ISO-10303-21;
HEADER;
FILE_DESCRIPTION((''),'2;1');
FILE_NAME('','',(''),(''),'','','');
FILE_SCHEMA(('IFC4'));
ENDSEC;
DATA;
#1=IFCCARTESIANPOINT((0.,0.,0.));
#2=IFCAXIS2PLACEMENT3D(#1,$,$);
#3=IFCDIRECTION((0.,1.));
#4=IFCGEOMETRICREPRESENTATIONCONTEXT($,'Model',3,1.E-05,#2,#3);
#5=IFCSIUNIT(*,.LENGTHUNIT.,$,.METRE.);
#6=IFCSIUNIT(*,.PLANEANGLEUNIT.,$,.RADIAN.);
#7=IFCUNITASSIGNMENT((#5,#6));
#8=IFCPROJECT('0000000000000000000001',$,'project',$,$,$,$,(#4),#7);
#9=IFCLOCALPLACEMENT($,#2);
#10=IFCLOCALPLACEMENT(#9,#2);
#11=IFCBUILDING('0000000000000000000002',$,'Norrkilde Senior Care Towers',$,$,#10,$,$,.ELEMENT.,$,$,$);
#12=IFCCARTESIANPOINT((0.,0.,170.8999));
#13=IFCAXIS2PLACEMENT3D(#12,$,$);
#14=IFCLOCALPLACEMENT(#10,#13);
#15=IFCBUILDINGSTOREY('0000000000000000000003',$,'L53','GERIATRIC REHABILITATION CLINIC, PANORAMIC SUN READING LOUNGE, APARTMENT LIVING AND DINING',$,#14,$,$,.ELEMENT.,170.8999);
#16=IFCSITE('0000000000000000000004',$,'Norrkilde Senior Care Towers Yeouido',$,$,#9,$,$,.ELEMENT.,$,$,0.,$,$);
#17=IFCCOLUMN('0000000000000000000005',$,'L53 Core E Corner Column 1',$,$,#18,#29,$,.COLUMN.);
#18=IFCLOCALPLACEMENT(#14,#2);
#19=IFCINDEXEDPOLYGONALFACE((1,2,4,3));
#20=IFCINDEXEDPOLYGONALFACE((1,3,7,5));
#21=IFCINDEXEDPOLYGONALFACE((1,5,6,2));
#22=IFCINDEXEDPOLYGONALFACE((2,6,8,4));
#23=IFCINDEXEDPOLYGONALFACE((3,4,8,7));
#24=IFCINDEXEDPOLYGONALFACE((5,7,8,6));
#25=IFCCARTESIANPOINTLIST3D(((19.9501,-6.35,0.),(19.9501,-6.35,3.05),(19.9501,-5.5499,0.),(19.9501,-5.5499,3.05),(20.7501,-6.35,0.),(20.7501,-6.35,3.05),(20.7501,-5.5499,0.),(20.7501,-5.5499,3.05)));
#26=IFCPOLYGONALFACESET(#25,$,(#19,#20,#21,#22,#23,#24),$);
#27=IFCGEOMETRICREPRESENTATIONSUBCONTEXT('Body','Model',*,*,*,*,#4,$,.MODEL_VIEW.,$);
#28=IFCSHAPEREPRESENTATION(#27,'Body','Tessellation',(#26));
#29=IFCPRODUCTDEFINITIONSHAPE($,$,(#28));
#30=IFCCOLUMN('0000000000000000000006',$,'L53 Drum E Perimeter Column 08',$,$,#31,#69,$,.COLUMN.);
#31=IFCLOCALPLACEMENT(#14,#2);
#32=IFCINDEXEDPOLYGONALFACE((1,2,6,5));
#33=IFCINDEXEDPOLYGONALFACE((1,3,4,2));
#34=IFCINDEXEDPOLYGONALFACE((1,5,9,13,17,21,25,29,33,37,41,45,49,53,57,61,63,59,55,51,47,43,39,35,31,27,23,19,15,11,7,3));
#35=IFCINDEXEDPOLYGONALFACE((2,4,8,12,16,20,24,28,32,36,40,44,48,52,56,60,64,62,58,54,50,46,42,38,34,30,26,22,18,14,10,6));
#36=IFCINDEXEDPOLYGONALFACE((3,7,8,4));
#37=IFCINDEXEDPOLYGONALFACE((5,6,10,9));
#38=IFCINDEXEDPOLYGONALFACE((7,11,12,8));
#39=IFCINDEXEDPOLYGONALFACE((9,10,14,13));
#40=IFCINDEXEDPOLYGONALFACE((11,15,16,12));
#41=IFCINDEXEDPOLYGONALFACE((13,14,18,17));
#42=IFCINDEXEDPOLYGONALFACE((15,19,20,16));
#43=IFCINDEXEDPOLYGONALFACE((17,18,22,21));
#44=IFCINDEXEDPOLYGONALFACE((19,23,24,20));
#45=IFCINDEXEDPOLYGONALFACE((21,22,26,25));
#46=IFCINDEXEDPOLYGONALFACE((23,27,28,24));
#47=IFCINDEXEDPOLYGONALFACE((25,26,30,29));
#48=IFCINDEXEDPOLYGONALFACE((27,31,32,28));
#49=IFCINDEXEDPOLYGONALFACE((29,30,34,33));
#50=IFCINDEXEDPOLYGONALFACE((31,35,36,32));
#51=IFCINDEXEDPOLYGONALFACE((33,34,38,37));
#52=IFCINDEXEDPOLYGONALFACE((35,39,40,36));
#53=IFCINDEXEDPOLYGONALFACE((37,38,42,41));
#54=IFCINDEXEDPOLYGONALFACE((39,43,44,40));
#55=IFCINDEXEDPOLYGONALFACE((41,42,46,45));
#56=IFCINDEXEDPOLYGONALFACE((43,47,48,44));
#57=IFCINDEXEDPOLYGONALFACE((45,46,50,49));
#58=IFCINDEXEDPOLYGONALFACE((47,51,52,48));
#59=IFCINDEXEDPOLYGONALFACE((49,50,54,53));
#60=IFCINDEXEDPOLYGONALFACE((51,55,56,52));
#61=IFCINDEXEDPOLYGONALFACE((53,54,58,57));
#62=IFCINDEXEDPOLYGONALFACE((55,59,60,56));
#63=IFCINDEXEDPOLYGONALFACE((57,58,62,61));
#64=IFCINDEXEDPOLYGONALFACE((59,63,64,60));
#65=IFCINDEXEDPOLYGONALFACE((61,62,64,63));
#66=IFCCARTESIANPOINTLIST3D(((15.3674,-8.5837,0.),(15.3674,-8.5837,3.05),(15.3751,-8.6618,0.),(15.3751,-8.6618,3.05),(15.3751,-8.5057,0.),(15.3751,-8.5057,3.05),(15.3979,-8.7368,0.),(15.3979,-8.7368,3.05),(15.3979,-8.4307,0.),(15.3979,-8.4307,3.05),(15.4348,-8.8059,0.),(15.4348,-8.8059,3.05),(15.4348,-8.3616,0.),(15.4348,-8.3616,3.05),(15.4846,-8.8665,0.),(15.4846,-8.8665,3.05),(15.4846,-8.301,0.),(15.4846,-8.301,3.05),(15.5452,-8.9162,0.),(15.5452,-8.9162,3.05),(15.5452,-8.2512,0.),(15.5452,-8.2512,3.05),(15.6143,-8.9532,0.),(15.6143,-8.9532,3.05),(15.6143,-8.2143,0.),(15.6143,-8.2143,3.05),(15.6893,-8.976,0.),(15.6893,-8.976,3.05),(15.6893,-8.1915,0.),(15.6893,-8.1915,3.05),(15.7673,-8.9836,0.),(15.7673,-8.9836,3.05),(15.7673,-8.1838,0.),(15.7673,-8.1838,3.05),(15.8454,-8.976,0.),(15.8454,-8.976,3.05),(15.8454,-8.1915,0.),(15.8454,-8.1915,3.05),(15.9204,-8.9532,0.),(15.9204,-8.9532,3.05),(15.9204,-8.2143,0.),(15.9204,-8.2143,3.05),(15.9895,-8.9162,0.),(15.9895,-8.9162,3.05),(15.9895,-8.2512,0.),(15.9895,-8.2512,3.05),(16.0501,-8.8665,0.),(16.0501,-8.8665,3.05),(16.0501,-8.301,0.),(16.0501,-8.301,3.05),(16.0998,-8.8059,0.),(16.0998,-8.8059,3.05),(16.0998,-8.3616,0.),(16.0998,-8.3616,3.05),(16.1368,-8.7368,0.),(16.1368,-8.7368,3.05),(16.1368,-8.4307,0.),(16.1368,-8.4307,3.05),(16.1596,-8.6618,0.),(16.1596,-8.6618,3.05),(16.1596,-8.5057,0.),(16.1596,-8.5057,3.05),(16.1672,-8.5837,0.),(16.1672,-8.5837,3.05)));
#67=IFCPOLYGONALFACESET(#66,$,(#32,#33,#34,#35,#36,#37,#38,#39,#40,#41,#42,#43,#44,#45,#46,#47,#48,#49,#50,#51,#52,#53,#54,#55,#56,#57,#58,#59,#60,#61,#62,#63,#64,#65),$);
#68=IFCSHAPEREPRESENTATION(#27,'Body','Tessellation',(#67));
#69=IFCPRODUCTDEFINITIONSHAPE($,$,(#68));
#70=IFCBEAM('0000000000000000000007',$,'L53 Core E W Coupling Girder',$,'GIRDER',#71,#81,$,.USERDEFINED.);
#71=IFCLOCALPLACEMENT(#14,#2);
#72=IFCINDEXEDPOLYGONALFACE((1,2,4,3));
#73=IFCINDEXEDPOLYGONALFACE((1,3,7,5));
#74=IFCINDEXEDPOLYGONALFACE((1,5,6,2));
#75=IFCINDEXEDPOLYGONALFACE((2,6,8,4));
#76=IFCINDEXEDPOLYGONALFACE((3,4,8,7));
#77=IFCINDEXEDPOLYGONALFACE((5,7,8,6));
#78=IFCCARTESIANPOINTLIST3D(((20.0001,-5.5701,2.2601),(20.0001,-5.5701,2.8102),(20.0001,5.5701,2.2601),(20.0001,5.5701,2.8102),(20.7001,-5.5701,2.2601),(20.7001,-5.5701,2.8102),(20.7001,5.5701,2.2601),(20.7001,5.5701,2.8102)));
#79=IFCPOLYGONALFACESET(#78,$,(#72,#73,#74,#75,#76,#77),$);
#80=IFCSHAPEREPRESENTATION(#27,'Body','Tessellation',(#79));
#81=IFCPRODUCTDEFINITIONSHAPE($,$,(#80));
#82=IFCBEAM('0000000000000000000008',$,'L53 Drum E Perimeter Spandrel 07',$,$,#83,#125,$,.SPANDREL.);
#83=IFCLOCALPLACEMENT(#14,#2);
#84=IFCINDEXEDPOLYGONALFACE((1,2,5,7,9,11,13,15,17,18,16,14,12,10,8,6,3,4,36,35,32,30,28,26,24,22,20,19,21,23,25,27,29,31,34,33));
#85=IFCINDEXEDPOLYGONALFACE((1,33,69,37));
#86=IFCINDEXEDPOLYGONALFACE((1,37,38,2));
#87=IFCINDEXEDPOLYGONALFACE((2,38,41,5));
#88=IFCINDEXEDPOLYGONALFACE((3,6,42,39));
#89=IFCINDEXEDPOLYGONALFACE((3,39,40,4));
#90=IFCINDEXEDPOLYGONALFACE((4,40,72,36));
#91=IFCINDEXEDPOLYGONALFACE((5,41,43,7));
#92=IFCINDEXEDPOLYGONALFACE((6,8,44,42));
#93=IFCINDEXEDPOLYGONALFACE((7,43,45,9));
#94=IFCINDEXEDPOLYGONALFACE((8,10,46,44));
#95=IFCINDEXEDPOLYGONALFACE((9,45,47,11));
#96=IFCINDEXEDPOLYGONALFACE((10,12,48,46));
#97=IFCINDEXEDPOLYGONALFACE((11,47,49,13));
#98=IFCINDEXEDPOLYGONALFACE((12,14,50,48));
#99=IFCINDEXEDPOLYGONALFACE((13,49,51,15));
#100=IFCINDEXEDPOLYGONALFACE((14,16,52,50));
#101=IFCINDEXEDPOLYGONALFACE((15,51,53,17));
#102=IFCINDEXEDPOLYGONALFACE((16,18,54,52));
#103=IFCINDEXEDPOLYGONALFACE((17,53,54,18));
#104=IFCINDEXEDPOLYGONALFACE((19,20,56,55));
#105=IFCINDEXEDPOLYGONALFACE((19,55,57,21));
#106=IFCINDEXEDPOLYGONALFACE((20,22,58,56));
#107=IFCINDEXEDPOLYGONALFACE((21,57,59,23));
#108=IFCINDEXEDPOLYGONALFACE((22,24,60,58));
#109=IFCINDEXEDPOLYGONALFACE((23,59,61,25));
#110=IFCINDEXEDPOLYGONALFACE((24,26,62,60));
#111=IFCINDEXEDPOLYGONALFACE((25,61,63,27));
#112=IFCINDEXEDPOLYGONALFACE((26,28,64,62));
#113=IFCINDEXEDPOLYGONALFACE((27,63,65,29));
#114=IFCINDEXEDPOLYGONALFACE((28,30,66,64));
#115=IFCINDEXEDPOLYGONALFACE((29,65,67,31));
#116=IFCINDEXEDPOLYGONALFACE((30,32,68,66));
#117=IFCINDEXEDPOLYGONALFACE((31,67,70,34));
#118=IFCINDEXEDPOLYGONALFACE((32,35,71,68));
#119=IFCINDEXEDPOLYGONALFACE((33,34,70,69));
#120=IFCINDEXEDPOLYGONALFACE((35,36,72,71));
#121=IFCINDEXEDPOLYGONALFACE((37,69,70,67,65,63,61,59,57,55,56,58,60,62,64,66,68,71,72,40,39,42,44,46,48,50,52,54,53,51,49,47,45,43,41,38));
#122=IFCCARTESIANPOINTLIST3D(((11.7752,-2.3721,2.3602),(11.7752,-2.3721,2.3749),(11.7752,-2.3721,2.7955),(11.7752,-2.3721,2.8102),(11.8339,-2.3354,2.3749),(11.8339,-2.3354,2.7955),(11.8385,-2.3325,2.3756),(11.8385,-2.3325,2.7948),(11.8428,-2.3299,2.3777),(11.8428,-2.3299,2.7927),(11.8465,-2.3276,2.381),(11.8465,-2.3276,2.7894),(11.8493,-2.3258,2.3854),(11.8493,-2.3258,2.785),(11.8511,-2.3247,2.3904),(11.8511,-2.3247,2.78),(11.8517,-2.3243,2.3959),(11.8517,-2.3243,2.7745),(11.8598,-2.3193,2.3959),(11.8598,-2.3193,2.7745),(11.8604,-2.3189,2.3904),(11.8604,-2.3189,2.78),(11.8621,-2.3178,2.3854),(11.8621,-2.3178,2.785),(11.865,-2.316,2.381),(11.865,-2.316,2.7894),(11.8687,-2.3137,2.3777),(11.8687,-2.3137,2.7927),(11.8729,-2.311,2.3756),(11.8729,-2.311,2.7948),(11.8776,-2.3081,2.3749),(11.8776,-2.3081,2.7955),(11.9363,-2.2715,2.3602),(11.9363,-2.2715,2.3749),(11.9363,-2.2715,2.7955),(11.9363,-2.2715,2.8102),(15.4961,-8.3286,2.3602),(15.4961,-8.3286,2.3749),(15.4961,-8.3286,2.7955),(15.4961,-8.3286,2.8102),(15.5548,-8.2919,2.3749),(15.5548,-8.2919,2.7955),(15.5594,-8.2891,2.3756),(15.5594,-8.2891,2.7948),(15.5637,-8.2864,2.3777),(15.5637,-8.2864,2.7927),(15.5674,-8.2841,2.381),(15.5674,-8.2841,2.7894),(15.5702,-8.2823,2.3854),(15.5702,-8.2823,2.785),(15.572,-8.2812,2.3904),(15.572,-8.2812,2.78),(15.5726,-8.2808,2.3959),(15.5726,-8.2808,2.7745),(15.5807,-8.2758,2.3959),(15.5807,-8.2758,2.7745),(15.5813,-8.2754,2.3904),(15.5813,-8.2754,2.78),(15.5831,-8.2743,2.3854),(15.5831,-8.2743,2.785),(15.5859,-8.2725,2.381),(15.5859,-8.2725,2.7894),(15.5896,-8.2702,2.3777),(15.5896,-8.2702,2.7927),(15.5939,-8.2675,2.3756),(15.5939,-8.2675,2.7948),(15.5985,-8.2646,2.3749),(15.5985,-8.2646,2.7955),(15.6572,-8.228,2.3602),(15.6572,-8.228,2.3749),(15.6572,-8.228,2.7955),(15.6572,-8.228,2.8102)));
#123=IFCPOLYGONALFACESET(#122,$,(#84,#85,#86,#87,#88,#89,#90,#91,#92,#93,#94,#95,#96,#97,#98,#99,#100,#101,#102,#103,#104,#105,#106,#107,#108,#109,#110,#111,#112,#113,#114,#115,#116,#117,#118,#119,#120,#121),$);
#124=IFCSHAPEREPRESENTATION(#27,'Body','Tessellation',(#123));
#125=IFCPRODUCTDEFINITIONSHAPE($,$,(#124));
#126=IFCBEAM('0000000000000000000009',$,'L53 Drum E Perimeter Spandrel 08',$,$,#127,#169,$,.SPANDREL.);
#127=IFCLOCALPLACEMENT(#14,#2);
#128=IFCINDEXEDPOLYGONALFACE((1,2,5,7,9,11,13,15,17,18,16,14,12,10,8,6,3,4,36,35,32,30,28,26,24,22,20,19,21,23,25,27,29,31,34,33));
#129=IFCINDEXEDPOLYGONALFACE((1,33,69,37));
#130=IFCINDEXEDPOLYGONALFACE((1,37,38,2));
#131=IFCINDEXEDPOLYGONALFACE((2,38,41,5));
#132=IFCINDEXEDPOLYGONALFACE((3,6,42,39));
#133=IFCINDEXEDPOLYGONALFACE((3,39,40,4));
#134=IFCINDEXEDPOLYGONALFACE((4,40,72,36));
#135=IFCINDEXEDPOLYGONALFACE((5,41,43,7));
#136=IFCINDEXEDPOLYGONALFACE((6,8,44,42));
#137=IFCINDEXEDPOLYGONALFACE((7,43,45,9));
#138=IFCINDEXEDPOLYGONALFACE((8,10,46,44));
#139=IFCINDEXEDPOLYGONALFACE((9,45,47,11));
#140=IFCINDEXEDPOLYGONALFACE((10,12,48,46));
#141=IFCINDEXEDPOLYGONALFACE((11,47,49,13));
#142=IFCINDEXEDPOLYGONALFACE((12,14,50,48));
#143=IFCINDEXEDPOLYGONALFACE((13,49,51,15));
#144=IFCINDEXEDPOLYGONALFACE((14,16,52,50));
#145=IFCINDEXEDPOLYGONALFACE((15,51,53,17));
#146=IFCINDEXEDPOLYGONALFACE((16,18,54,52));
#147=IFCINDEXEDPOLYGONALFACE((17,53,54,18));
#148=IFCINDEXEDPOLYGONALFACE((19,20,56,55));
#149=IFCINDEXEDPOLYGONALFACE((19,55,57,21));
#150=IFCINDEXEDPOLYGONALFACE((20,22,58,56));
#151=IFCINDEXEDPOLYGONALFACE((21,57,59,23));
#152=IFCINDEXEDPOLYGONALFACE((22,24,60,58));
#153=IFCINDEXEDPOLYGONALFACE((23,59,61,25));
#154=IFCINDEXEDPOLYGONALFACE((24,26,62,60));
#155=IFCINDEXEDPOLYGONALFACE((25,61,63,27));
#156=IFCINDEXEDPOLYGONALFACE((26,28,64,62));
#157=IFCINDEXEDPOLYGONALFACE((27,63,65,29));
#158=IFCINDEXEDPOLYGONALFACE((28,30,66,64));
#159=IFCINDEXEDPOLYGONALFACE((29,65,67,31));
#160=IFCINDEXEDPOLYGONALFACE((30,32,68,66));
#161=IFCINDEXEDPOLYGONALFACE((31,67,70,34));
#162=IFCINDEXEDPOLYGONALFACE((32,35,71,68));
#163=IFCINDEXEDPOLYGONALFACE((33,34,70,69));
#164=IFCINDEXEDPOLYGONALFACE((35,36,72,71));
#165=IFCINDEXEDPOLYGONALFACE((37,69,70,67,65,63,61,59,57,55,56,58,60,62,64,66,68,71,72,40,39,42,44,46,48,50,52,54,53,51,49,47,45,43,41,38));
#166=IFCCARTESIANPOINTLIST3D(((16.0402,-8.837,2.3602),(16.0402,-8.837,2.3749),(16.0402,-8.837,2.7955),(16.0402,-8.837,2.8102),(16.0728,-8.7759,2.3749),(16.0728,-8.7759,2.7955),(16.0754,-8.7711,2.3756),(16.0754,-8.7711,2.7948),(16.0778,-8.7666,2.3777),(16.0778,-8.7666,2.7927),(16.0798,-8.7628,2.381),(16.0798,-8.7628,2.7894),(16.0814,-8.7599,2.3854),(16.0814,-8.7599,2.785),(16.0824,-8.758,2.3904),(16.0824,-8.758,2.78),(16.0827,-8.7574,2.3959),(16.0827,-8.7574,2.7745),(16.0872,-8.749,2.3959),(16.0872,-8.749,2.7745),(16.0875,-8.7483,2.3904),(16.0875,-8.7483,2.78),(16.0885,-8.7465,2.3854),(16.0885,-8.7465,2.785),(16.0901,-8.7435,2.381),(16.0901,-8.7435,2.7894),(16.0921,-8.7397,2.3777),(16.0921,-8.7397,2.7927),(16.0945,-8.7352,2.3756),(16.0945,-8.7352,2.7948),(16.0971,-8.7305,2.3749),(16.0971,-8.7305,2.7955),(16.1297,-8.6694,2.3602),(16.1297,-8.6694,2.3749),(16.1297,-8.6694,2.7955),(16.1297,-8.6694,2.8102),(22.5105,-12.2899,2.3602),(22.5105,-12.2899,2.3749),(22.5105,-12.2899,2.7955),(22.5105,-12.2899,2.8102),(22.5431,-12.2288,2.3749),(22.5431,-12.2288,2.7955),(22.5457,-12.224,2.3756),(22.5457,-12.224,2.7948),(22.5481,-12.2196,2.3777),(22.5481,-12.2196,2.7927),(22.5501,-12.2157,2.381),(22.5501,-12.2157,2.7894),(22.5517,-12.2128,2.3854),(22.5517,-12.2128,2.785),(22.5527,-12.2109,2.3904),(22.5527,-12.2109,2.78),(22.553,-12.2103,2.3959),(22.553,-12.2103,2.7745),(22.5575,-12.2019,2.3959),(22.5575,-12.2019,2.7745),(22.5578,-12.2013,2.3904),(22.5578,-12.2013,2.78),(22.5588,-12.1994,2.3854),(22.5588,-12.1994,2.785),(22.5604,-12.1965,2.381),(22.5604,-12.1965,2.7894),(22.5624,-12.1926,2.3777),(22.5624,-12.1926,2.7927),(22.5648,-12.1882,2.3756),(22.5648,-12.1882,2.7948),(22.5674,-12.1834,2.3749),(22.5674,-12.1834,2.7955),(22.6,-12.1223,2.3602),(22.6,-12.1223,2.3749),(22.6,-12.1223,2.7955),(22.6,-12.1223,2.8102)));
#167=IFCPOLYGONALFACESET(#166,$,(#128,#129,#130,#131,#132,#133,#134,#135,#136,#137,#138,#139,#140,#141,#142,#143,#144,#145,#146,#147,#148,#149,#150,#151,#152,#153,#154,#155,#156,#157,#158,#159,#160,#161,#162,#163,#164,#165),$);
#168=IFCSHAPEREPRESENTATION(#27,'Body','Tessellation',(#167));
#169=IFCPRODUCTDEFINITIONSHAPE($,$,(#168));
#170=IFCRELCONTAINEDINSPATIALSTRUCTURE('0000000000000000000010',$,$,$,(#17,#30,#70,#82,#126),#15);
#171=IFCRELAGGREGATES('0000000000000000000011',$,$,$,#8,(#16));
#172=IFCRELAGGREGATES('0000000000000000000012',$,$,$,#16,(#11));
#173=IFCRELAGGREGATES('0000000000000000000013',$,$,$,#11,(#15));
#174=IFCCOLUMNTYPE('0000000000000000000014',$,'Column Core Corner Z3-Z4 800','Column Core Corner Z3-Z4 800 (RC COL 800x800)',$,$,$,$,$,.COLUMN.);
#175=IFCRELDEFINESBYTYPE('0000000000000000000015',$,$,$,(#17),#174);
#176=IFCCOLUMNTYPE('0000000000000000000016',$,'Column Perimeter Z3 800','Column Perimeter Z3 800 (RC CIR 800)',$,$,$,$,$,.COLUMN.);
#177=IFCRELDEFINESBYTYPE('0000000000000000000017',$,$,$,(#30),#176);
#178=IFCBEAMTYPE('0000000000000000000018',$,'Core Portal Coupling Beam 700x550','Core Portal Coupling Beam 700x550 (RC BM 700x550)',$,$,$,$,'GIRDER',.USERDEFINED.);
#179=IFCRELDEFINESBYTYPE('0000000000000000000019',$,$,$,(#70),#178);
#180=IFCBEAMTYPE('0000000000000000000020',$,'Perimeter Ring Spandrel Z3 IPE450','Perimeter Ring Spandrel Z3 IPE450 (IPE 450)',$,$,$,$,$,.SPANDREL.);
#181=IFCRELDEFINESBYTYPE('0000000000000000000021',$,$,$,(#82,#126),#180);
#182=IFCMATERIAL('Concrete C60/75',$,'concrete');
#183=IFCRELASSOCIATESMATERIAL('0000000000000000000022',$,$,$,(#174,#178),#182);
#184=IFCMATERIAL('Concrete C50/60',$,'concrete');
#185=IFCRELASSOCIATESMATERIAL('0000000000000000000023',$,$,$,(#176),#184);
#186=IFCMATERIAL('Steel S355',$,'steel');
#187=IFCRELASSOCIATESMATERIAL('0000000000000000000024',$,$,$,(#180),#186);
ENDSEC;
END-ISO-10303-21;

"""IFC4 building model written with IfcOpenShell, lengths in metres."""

from ifc_helpers import new_model, si_unit, direction, frame, origin, origin_2d, place, context, subcontext, project, spatial, rectangle, circle, i_section, extrude, source, transform, mapped, material, material_profile, profile_set, type_object, type_shapes, element, save


model = new_model("IFC4")

# Units and contexts
model_context = context("Model", 3, precision=1e-05, world=origin(), true_north=direction((0.0, 1.0)))
body_context = subcontext(model_context, "Body", "Model", "MODEL_VIEW")
ifc_project = project(units=[si_unit("LENGTHUNIT", "METRE"), si_unit("PLANEANGLEUNIT", "RADIAN")], contexts=[model_context])

# Site, building, storey
site_placement = place(None, origin())
site = spatial("IfcSite", under=ifc_project, at=site_placement, Name="Norrkilde Senior Care Towers Yeouido", CompositionType="ELEMENT", RefElevation=0.0)
building_placement = place(site_placement, origin())
building = spatial("IfcBuilding", under=site, at=building_placement, Name="Norrkilde Senior Care Towers", CompositionType="ELEMENT")
storey_placement = place(building_placement, frame((0.0, 0.0, 170.8999)))
storey = spatial("IfcBuildingStorey", under=building, at=storey_placement, Name="L53", Description="GERIATRIC REHABILITATION CLINIC, PANORAMIC SUN READING LOUNGE, APARTMENT LIVING AND DINING", CompositionType="ELEMENT", Elevation=170.8999)

# Columns
ifc_material_1 = material(Name="Concrete C60/75", Category="concrete")
ifc_material_profile_1 = material_profile(ifc_material_1, rectangle(XDim=0.8, YDim=0.8, at=origin_2d()), Name="RC COL 800x800")
ifc_profile_set_1 = profile_set([ifc_material_profile_1], Name="Concrete C60/75")
column_type_1 = type_object("IfcColumnType", Name="Column Core Corner Z3-Z4 800", Description="Column Core Corner Z3-Z4 800 (RC COL 800x800)", PredefinedType="COLUMN", material=ifc_profile_set_1)
shared_shape_1 = source(origin(), body_context, "Body", "SweptSolid", [
    extrude(rectangle(XDim=0.8, YDim=0.8, at=origin_2d()), origin(), (0.0, 0.0, 1.0), 3.05),
])
type_shapes(column_type_1, [shared_shape_1])
column_1_placement = place(storey_placement, frame((20.3501, -5.95, 0.0), z_axis=(0.0, 0.0, 1.0), x_axis=(1.0, 0.0, 0.0)))
element("IfcColumn", 1, at=column_1_placement, inside=storey, type_object=column_type_1, Name="L53 Core E Corner Column 1", PredefinedType="COLUMN", context=body_context, shape_type="MappedRepresentation", body=[
    mapped(shared_shape_1, transform((0.0, 0.0, 0.0), x_axis=(1.0, 0.0, 0.0), y_axis=(0.0, 1.0, 0.0), z_axis=(0.0, 0.0, 1.0), scale=1.0)),
])
ifc_material_2 = material(Name="Concrete C50/60", Category="concrete")
ifc_material_profile_2 = material_profile(ifc_material_2, circle(Radius=0.3999, at=origin_2d()), Name="RC CIR 800")
ifc_profile_set_2 = profile_set([ifc_material_profile_2], Name="Concrete C50/60")
column_type_2 = type_object("IfcColumnType", Name="Column Perimeter Z3 800", Description="Column Perimeter Z3 800 (RC CIR 800)", PredefinedType="COLUMN", material=ifc_profile_set_2)
shared_shape_2 = source(origin(), body_context, "Body", "SweptSolid", [
    extrude(circle(Radius=0.3999, at=origin_2d()), origin(), (0.0, 0.0, 1.0), 3.05),
])
type_shapes(column_type_2, [shared_shape_2])
column_2_placement = place(storey_placement, frame((15.7673, -8.5837, 0.0), z_axis=(0.0, 0.0, 1.0), x_axis=(1.0, 0.0, 0.0)))
element("IfcColumn", 2, at=column_2_placement, inside=storey, type_object=column_type_2, Name="L53 Drum E Perimeter Column 08", PredefinedType="COLUMN", context=body_context, shape_type="MappedRepresentation", body=[
    mapped(shared_shape_2, transform((0.0, 0.0, 0.0), x_axis=(1.0, 0.0, 0.0), y_axis=(0.0, 1.0, 0.0), z_axis=(0.0, 0.0, 1.0), scale=1.0)),
])

# Beams
ifc_material_profile_3 = material_profile(ifc_material_1, rectangle(XDim=0.7, YDim=0.55, at=origin_2d()), Name="RC BM 700x550")
ifc_profile_set_3 = profile_set([ifc_material_profile_3], Name="Concrete C60/75")
beam_type_1 = type_object("IfcBeamType", Name="Core Portal Coupling Beam 700x550", Description="Core Portal Coupling Beam 700x550 (RC BM 700x550)", ElementType="GIRDER", PredefinedType="USERDEFINED", material=ifc_profile_set_3)
shared_shape_3 = source(origin(), body_context, "Body", "SweptSolid", [
    extrude(rectangle(XDim=0.7, YDim=0.55, at=origin_2d()), origin(), (0.0, 0.0, 1.0), 11.1401),
])
type_shapes(beam_type_1, [shared_shape_3])
beam_1_placement = place(storey_placement, frame((20.3501, -5.5701, 2.5352), z_axis=(0.0, 1.0, 0.0), x_axis=(-1.0, 0.0, 0.0)))
element("IfcBeam", 3, at=beam_1_placement, inside=storey, type_object=beam_type_1, Name="L53 Core E W Coupling Girder", ObjectType="GIRDER", PredefinedType="USERDEFINED", context=body_context, shape_type="MappedRepresentation", body=[
    mapped(shared_shape_3, transform((0.0, 0.0, 0.0), x_axis=(1.0, 0.0, 0.0), y_axis=(0.0, 1.0, 0.0), z_axis=(0.0, 0.0, 1.0), scale=1.0)),
])
ifc_material_3 = material(Name="Steel S355", Category="steel")
ifc_material_profile_4 = material_profile(ifc_material_3, i_section(OverallWidth=0.1899, OverallDepth=0.45, WebThickness=0.0095, FlangeThickness=0.0146, FilletRadius=0.021, at=origin_2d()), Name="IPE 450")
ifc_profile_set_4 = profile_set([ifc_material_profile_4], Name="Steel S355")
beam_type_2 = type_object("IfcBeamType", Name="Perimeter Ring Spandrel Z3 IPE450", Description="Perimeter Ring Spandrel Z3 IPE450 (IPE 450)", PredefinedType="SPANDREL", material=ifc_profile_set_4)
shared_shape_4 = source(origin(), body_context, "Body", "SweptSolid", [
    extrude(i_section(OverallWidth=0.1899, OverallDepth=0.45, WebThickness=0.0095, FlangeThickness=0.0146, FilletRadius=0.021, at=origin_2d()), origin(), (0.0, 0.0, 1.0), 7.0232),
])
beam_2_placement = place(storey_placement, frame((11.8557, -2.3218, 2.5852), z_axis=(0.529805, -0.848119, 0.0), x_axis=(0.848119, 0.529805, 0.0)))
element("IfcBeam", 4, at=beam_2_placement, inside=storey, type_object=beam_type_2, Name="L53 Drum E Perimeter Spandrel 07", PredefinedType="SPANDREL", context=body_context, shape_type="MappedRepresentation", body=[
    mapped(shared_shape_4, transform((0.0, 0.0, 0.0), x_axis=(1.0, 0.0, 0.0), y_axis=(0.0, 1.0, 0.0), z_axis=(0.0, 0.0, 1.0), scale=1.0)),
])
shared_shape_5 = source(origin(), body_context, "Body", "SweptSolid", [
    extrude(i_section(OverallWidth=0.1899, OverallDepth=0.45, WebThickness=0.0095, FlangeThickness=0.0146, FilletRadius=0.021, at=origin_2d()), origin(), (0.0, 0.0, 1.0), 7.334),
])
type_shapes(beam_type_2, [shared_shape_4, shared_shape_5])
beam_3_placement = place(storey_placement, frame((16.085, -8.7532, 2.5852), z_axis=(0.882234, -0.470811, 0.0), x_axis=(0.470811, 0.882234, 0.0)))
element("IfcBeam", 5, at=beam_3_placement, inside=storey, type_object=beam_type_2, Name="L53 Drum E Perimeter Spandrel 08", PredefinedType="SPANDREL", context=body_context, shape_type="MappedRepresentation", body=[
    mapped(shared_shape_5, transform((0.0, 0.0, 0.0), x_axis=(1.0, 0.0, 0.0), y_axis=(0.0, 1.0, 0.0), z_axis=(0.0, 0.0, 1.0), scale=1.0)),
])

save(model, "model.ifc")
